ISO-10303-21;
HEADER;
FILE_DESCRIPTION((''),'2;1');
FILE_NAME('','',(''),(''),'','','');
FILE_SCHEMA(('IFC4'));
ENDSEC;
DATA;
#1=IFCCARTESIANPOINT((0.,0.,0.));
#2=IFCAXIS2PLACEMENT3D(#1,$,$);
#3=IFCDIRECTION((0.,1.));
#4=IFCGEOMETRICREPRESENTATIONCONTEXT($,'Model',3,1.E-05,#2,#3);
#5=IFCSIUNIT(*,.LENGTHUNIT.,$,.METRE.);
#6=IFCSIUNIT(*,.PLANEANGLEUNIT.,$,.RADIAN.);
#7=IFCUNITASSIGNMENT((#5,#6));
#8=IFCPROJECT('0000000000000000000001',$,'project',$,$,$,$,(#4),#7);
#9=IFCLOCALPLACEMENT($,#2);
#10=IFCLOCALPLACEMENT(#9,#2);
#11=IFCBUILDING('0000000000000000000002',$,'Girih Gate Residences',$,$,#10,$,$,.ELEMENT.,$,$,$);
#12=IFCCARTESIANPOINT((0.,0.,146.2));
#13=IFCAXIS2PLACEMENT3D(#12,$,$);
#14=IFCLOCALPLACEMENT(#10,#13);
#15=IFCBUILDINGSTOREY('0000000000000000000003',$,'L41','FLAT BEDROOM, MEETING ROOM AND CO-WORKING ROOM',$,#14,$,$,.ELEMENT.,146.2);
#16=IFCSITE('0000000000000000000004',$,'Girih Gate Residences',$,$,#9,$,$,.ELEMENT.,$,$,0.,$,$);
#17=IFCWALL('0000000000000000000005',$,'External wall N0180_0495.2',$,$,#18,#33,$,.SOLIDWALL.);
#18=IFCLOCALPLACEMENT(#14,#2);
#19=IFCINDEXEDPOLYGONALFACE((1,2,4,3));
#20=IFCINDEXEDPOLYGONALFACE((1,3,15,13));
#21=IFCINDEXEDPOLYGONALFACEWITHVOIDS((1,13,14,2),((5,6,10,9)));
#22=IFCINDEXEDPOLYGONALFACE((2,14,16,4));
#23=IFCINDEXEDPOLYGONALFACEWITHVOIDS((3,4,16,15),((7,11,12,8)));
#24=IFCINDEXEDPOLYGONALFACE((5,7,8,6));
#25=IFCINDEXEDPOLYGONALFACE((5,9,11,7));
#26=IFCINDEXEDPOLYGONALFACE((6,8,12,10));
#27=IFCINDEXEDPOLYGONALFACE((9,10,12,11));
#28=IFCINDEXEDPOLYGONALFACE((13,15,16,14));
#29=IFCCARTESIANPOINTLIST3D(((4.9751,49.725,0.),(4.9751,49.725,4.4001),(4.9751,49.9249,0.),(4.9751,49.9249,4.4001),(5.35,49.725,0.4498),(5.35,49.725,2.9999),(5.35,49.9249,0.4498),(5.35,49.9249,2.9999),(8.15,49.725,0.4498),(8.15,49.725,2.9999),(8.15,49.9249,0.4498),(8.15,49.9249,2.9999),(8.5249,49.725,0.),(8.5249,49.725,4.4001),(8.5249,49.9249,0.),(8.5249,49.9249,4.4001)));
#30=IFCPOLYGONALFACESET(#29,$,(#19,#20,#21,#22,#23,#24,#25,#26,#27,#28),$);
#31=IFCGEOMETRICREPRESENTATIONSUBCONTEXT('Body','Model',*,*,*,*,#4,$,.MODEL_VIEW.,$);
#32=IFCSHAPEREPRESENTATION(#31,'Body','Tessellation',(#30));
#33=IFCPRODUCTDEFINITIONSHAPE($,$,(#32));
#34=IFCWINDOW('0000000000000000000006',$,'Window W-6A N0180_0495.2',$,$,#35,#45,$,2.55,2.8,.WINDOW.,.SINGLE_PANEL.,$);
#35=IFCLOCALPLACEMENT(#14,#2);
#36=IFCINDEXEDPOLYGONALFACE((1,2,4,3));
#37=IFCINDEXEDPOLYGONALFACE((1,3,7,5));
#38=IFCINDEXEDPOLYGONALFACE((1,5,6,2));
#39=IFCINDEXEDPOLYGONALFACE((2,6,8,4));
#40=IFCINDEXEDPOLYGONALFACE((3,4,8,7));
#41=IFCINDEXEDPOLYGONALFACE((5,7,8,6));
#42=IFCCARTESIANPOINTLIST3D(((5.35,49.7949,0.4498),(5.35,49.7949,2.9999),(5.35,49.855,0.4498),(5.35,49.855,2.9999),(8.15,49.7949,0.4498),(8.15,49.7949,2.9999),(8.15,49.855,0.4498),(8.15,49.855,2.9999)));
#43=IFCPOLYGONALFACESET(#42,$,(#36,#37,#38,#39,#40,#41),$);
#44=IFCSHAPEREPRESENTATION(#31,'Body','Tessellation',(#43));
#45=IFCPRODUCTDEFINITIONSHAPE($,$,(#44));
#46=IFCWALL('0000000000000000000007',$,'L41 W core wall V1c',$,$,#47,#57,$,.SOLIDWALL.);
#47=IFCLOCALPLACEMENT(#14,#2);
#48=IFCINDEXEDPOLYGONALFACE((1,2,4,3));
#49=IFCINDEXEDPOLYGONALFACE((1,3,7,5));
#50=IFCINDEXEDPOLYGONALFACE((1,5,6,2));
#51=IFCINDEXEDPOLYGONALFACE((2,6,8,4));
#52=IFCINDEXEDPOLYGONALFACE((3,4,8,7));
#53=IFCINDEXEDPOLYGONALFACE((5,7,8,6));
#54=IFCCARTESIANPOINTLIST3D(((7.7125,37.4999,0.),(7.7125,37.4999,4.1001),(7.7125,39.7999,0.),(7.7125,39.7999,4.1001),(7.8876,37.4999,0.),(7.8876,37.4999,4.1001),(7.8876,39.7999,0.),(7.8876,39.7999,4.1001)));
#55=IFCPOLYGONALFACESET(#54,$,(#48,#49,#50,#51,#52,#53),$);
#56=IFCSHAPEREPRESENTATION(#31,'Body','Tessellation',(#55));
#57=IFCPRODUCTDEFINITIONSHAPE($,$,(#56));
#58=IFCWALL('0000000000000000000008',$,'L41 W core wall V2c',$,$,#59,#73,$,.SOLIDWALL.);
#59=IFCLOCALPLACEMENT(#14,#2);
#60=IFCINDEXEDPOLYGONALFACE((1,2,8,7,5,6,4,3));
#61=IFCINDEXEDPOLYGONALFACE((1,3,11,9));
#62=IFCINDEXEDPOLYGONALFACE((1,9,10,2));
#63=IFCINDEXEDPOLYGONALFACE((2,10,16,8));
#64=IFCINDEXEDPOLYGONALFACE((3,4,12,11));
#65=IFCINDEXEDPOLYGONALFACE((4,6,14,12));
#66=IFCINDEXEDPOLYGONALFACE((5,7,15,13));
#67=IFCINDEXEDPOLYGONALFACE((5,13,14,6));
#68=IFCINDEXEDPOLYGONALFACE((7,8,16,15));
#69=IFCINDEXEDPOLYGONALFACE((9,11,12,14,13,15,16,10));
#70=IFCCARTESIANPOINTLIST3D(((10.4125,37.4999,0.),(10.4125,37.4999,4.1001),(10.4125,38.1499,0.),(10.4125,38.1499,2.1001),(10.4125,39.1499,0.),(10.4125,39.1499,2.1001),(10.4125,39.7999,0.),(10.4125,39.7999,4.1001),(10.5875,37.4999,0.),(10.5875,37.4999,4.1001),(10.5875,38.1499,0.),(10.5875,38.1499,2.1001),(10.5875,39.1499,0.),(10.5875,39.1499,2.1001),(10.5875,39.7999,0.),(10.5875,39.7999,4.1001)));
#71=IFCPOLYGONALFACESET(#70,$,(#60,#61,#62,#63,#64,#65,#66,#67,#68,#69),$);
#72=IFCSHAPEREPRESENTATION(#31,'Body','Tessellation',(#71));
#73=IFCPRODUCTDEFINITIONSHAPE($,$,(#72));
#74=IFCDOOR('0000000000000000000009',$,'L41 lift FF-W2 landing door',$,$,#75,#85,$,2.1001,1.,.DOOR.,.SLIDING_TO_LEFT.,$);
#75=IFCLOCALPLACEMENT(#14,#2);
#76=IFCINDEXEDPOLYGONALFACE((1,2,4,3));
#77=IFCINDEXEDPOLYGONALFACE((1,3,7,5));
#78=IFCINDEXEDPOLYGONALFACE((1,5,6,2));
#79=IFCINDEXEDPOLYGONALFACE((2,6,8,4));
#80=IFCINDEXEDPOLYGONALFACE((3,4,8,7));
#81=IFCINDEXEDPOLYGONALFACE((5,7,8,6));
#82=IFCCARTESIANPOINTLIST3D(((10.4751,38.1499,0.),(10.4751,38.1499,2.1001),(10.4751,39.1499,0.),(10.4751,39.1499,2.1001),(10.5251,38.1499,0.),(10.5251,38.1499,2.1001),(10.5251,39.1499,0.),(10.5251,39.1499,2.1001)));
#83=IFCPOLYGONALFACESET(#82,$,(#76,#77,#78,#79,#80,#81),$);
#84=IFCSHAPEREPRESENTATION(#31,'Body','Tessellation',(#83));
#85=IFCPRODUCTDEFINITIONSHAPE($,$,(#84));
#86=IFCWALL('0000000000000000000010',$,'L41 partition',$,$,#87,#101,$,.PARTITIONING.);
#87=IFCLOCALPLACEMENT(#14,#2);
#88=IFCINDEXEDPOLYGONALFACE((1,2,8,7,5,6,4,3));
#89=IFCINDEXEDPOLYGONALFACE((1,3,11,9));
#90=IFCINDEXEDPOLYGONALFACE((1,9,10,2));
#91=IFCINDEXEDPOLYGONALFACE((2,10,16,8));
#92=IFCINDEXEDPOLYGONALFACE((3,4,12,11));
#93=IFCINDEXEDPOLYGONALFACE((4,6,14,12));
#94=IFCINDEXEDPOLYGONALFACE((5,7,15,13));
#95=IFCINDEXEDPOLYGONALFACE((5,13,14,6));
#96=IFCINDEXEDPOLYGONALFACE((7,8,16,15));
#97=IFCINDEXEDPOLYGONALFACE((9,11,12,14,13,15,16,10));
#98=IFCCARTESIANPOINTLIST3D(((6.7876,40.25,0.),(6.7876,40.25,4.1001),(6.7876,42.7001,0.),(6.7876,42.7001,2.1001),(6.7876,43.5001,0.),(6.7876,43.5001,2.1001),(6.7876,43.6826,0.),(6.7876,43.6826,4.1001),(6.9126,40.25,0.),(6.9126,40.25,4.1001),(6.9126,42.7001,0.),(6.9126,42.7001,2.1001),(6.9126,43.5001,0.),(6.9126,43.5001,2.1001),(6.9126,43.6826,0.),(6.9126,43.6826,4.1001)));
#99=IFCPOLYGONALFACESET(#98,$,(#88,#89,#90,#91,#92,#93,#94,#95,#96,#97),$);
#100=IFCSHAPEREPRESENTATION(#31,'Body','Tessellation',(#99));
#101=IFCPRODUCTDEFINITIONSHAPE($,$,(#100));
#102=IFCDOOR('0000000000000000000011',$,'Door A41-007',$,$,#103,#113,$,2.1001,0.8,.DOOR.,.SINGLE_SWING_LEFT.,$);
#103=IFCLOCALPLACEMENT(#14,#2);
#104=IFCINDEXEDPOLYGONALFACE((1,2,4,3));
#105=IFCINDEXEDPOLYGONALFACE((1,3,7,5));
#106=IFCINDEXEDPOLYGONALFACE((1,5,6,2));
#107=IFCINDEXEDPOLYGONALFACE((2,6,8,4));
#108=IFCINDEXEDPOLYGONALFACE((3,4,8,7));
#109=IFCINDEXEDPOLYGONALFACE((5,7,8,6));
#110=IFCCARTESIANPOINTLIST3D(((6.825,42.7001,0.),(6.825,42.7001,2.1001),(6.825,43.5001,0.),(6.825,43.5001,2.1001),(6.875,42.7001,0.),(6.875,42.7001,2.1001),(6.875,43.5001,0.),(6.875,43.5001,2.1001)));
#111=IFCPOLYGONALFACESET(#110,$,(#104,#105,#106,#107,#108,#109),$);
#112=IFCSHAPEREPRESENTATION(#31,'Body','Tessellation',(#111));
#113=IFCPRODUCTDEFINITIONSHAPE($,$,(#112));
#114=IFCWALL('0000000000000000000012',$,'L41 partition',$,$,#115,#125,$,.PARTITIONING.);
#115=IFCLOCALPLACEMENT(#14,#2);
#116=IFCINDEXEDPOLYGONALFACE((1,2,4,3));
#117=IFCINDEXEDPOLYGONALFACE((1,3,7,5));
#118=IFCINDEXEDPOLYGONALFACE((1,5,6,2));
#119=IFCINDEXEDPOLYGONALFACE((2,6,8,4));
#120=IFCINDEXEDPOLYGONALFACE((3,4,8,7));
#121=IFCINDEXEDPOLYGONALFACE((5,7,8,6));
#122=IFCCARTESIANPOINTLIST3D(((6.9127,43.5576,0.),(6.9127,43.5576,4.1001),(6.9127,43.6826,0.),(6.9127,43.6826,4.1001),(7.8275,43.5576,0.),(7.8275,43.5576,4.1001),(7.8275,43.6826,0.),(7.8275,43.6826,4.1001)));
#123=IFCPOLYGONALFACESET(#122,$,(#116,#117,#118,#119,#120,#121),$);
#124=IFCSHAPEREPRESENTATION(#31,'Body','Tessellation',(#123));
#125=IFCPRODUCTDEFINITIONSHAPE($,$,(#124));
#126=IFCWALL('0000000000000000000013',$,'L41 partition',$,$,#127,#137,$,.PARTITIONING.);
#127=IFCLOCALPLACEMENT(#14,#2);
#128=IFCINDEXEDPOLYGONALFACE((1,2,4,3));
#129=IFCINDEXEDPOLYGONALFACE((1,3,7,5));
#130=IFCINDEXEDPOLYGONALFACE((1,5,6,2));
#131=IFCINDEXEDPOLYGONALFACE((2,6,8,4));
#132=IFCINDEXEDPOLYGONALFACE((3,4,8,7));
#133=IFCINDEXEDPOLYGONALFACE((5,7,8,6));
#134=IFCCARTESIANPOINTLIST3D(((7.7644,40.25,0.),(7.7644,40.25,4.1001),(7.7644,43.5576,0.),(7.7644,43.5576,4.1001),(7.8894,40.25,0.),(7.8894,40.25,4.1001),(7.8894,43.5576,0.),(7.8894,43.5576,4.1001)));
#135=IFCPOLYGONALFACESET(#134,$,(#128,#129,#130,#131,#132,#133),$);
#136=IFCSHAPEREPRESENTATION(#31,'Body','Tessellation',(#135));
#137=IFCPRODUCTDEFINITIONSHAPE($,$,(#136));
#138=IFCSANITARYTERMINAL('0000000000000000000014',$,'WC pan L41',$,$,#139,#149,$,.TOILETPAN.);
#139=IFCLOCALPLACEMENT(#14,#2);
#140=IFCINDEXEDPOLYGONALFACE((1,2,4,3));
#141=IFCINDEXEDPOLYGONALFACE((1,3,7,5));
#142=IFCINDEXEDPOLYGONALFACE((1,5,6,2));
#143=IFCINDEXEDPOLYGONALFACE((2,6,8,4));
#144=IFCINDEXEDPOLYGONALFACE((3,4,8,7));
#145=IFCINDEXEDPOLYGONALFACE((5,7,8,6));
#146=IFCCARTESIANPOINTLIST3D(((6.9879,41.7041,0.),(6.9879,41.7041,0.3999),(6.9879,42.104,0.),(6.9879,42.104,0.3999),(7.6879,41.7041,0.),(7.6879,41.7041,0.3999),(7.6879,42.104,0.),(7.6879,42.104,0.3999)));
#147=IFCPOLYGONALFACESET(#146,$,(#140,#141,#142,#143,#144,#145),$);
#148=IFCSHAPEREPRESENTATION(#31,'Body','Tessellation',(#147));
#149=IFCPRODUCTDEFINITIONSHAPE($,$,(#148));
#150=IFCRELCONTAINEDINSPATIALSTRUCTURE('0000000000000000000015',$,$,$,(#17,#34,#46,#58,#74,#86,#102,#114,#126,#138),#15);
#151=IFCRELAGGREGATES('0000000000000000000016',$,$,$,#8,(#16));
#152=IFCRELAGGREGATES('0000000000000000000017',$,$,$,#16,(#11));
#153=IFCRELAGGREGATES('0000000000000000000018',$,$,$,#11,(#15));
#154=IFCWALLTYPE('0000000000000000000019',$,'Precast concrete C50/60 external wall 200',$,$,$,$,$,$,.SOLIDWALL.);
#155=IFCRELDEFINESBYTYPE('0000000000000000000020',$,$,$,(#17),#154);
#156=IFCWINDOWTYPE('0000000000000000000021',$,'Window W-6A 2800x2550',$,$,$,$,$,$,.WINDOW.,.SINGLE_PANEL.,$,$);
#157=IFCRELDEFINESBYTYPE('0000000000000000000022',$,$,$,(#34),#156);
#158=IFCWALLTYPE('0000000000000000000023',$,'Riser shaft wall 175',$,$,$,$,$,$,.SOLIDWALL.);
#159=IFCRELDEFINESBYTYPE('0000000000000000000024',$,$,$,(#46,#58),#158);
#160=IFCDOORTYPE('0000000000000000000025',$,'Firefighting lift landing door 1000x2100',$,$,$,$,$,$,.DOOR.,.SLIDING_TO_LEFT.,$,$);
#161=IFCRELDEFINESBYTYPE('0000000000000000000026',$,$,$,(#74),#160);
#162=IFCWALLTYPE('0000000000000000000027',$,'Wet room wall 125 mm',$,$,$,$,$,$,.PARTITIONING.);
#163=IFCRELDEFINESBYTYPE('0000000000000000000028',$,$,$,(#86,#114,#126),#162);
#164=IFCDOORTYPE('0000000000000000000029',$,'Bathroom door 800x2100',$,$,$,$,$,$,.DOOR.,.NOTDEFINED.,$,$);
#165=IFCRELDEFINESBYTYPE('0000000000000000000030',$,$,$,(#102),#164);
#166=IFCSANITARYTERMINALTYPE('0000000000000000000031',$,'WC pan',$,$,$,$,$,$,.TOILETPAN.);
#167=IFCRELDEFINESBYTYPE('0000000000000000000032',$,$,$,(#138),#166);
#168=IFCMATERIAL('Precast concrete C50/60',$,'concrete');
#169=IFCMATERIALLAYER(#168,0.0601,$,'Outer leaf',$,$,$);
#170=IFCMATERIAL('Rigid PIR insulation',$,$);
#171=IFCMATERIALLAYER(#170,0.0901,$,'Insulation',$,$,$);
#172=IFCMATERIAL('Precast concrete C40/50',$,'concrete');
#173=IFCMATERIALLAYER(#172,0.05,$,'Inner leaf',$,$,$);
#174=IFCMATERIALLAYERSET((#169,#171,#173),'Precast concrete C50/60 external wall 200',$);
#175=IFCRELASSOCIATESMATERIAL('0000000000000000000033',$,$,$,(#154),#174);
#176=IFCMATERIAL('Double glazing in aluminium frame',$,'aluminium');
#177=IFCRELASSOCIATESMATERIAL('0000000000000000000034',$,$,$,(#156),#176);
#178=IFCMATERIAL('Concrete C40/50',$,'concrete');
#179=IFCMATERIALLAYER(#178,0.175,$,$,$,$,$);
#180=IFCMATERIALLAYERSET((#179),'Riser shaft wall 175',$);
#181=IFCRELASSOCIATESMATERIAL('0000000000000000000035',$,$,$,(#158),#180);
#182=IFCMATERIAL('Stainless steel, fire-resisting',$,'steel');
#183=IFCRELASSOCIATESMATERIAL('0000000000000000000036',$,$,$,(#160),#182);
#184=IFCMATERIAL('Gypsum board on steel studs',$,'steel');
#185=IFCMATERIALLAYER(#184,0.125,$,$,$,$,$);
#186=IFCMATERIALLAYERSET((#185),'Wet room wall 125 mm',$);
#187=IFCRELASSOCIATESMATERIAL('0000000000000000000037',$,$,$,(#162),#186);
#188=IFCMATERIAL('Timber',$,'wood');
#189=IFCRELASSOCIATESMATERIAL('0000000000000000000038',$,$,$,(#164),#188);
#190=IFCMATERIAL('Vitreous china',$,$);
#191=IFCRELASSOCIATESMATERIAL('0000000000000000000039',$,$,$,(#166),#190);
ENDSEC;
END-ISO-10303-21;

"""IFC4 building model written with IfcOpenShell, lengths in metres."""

from ifc_helpers import new_model, si_unit, direction, frame, frame_2d, origin, origin_2d, place, context, subcontext, project, spatial, rectangle, extrude, material, layer, layer_set, type_object, element, fill, save


model = new_model("IFC4")

# Units and contexts
model_context = context("Model", 3, precision=1e-05, world=origin(), true_north=direction((0.0, 1.0)))
body_context = subcontext(model_context, "Body", "Model", "MODEL_VIEW")
ifc_project = project(units=[si_unit("LENGTHUNIT", "METRE"), si_unit("PLANEANGLEUNIT", "RADIAN")], contexts=[model_context])

# Site, building, storey
site_placement = place(None, origin())
site = spatial("IfcSite", under=ifc_project, at=site_placement, Name="Girih Gate Residences", CompositionType="ELEMENT", RefElevation=0.0)
building_placement = place(site_placement, origin())
building = spatial("IfcBuilding", under=site, at=building_placement, Name="Girih Gate Residences", CompositionType="ELEMENT")
storey_placement = place(building_placement, frame((0.0, 0.0, 146.2)))
storey = spatial("IfcBuildingStorey", under=building, at=storey_placement, Name="L41", Description="FLAT BEDROOM, MEETING ROOM AND CO-WORKING ROOM", CompositionType="ELEMENT", Elevation=146.2)

# Shared definitions
ifc_material_1 = material(Name="Gypsum board on steel studs", Category="steel")

# Shared definitions
ifc_material_2 = material(Name="Concrete C40/50", Category="concrete")
ifc_material_3 = material(Name="Timber", Category="wood")

# Wall, opening, window
ifc_material_4 = material(Name="Precast concrete C50/60", Category="concrete")
ifc_layer_1 = layer(ifc_material_4, 0.0601, Name="Outer leaf")
ifc_material_5 = material(Name="Rigid PIR insulation")
ifc_layer_2 = layer(ifc_material_5, 0.0901, Name="Insulation")
ifc_material_6 = material(Name="Precast concrete C40/50", Category="concrete")
ifc_layer_3 = layer(ifc_material_6, 0.05, Name="Inner leaf")
ifc_layer_set_1 = layer_set([ifc_layer_1, ifc_layer_2, ifc_layer_3], Name="Precast concrete C50/60 external wall 200")
wall_type_1 = type_object("IfcWallType", Name="Precast concrete C50/60 external wall 200", PredefinedType="SOLIDWALL", material=ifc_layer_set_1)
ifc_material_7 = material(Name="Double glazing in aluminium frame", Category="aluminium")
window_type = type_object("IfcWindowType", Name="Window W-6A 2800x2550", PartitioningType="SINGLE_PANEL", PredefinedType="WINDOW", material=ifc_material_7)
wall_1_placement = place(storey_placement, frame((4.9751, 49.825, 0.0), z_axis=(0.0, 0.0, 1.0), x_axis=(1.0, 0.0, 0.0)))
wall_1 = element("IfcWall", 1, at=wall_1_placement, inside=storey, type_object=wall_type_1, Name="External wall N0180_0495.2", PredefinedType="SOLIDWALL", context=body_context, shape_type="SweptSolid", body=[
    extrude(rectangle(XDim=3.5498, YDim=0.2, at=frame_2d((1.7749, 0.0))), origin(), (0.0, 0.0, 1.0), 4.4001),
])
opening_1_placement = place(wall_1_placement, frame((0.375, 0.0, 0.45)))
opening_1 = element("IfcOpeningElement", 2, at=opening_1_placement, cuts=wall_1, PredefinedType="OPENING", context=body_context, shape_type="SweptSolid", body=[
    extrude(rectangle(XDim=2.8, YDim=2.55, at=frame_2d((1.3999, 1.2749))), frame((0.0, 0.1099, 0.0), z_axis=(0.0, -1.0, 0.0), x_axis=(1.0, 0.0, 0.0)), (0.0, 0.0, 1.0), 0.22),
])
window_1_placement = place(opening_1_placement, origin())
window_1 = element("IfcWindow", 3, at=window_1_placement, inside=storey, type_object=window_type, Name="Window W-6A N0180_0495.2", OverallHeight=2.55, OverallWidth=2.8, PartitioningType="SINGLE_PANEL", PredefinedType="WINDOW", context=body_context, shape_type="SweptSolid", body=[
    extrude(rectangle(XDim=2.8, YDim=2.55, at=frame_2d((1.3999, 1.2749))), frame((0.0, 0.03, 0.0), z_axis=(0.0, -1.0, 0.0), x_axis=(1.0, 0.0, 0.0)), (0.0, 0.0, 1.0), 0.0601),
])
fill(opening_1, window_1)

# Wall
ifc_layer_4 = layer(ifc_material_2, 0.175)
ifc_layer_set_2 = layer_set([ifc_layer_4], Name="Riser shaft wall 175")
wall_type_2 = type_object("IfcWallType", Name="Riser shaft wall 175", PredefinedType="SOLIDWALL", material=ifc_layer_set_2)
wall_2_placement = place(storey_placement, frame((7.8, 37.5, 0.0), z_axis=(0.0, 0.0, 1.0), x_axis=(0.0, 1.0, 0.0)))
element("IfcWall", 4, at=wall_2_placement, inside=storey, type_object=wall_type_2, Name="L41 W core wall V1c", PredefinedType="SOLIDWALL", context=body_context, shape_type="SweptSolid", body=[
    extrude(rectangle(XDim=2.3, YDim=0.175, at=frame_2d((1.1499, 0.0))), origin(), (0.0, 0.0, 1.0), 4.1001),
])

# Walls, openings, doors
wall_3_placement = place(storey_placement, frame((10.5, 37.5, 0.0), z_axis=(0.0, 0.0, 1.0), x_axis=(0.0, 1.0, 0.0)))
wall_3 = element("IfcWall", 5, at=wall_3_placement, inside=storey, type_object=wall_type_2, Name="L41 W core wall V2c", PredefinedType="SOLIDWALL", context=body_context, shape_type="SweptSolid", body=[
    extrude(rectangle(XDim=2.3, YDim=0.175, at=frame_2d((1.1499, 0.0))), origin(), (0.0, 0.0, 1.0), 4.1001),
])
opening_2_placement = place(wall_3_placement, frame((0.6499, 0.0, 0.0)))
opening_2 = element("IfcOpeningElement", 6, at=opening_2_placement, cuts=wall_3, PredefinedType="OPENING", context=body_context, shape_type="SweptSolid", body=[
    extrude(rectangle(XDim=1.0, YDim=2.1001, at=frame_2d((0.5, 1.05))), frame((0.0, 0.0974, 0.0), z_axis=(0.0, -1.0, 0.0), x_axis=(1.0, 0.0, 0.0)), (0.0, 0.0, 1.0), 0.1951),
])
ifc_material_8 = material(Name="Stainless steel, fire-resisting", Category="steel")
door_type_1 = type_object("IfcDoorType", Name="Firefighting lift landing door 1000x2100", OperationType="SLIDING_TO_LEFT", PredefinedType="DOOR", material=ifc_material_8)
door_1_placement = place(opening_2_placement, origin())
door_1 = element("IfcDoor", 7, at=door_1_placement, inside=storey, type_object=door_type_1, Name="L41 lift FF-W2 landing door", OperationType="SLIDING_TO_LEFT", OverallHeight=2.1001, OverallWidth=1.0, PredefinedType="DOOR", context=body_context, shape_type="SweptSolid", body=[
    extrude(rectangle(XDim=1.0, YDim=2.1001, at=frame_2d((0.5, 1.05))), frame((0.0, 0.0249, 0.0), z_axis=(0.0, -1.0, 0.0), x_axis=(1.0, 0.0, 0.0)), (0.0, 0.0, 1.0), 0.05),
])
fill(opening_2, door_1)
ifc_layer_5 = layer(ifc_material_1, 0.125)
ifc_layer_set_3 = layer_set([ifc_layer_5], Name="Wet room wall 125 mm")
wall_type_3 = type_object("IfcWallType", Name="Wet room wall 125 mm", PredefinedType="PARTITIONING", material=ifc_layer_set_3)
wall_4_placement = place(storey_placement, frame((6.8501, 43.6826, 0.0), z_axis=(0.0, 0.0, 1.0), x_axis=(0.0, -1.0, 0.0)))
wall_4 = element("IfcWall", 8, at=wall_4_placement, inside=storey, type_object=wall_type_3, Name="L41 partition", PredefinedType="PARTITIONING", context=body_context, shape_type="SweptSolid", body=[
    extrude(rectangle(XDim=3.4326, YDim=0.125, at=frame_2d((1.7163, 0.0))), origin(), (0.0, 0.0, 1.0), 4.1001),
])
opening_3_placement = place(wall_4_placement, frame((0.1826, 0.0, 0.0)))
opening_3 = element("IfcOpeningElement", 9, at=opening_3_placement, cuts=wall_4, PredefinedType="OPENING", context=body_context, shape_type="SweptSolid", body=[
    extrude(rectangle(XDim=0.8, YDim=2.1001, at=frame_2d((0.3999, 1.05))), frame((0.0, 0.0725, 0.0), z_axis=(0.0, -1.0, 0.0), x_axis=(1.0, 0.0, 0.0)), (0.0, 0.0, 1.0), 0.145),
])
door_type_2 = type_object("IfcDoorType", Name="Bathroom door 800x2100", OperationType="NOTDEFINED", PredefinedType="DOOR", material=ifc_material_3)
door_2_placement = place(opening_3_placement, origin())
door_2 = element("IfcDoor", 10, at=door_2_placement, inside=storey, type_object=door_type_2, Name="Door A41-007", OperationType="SINGLE_SWING_LEFT", OverallHeight=2.1001, OverallWidth=0.8, PredefinedType="DOOR", context=body_context, shape_type="SweptSolid", body=[
    extrude(rectangle(XDim=0.8, YDim=2.1001, at=frame_2d((0.3999, 1.05))), frame((0.0, 0.0249, 0.0), z_axis=(0.0, -1.0, 0.0), x_axis=(1.0, 0.0, 0.0)), (0.0, 0.0, 1.0), 0.05),
])
fill(opening_3, door_2)

# Walls
wall_5_placement = place(storey_placement, frame((6.9126, 43.6201, 0.0), z_axis=(0.0, 0.0, 1.0), x_axis=(1.0, 0.0, 0.0)))
element("IfcWall", 11, at=wall_5_placement, inside=storey, type_object=wall_type_3, Name="L41 partition", PredefinedType="PARTITIONING", context=body_context, shape_type="SweptSolid", body=[
    extrude(rectangle(XDim=0.9148, YDim=0.125, at=frame_2d((0.4575, 0.0))), origin(), (0.0, 0.0, 1.0), 4.1001),
])
wall_6_placement = place(storey_placement, frame((7.8269, 40.25, 0.0), z_axis=(0.0, 0.0, 1.0), x_axis=(0.0, 1.0, 0.0)))
element("IfcWall", 12, at=wall_6_placement, inside=storey, type_object=wall_type_3, Name="L41 partition", PredefinedType="PARTITIONING", context=body_context, shape_type="SweptSolid", body=[
    extrude(rectangle(XDim=3.3076, YDim=0.125, at=frame_2d((1.6538, 0.0))), origin(), (0.0, 0.0, 1.0), 4.1001),
])

# Sanitary terminal
ifc_material_9 = material(Name="Vitreous china")
sanitary_terminal_type = type_object("IfcSanitaryTerminalType", Name="WC pan", PredefinedType="TOILETPAN", material=ifc_material_9)
sanitary_terminal_placement = place(storey_placement, frame((7.3379, 41.9041, 0.0), z_axis=(0.0, 0.0, 1.0), x_axis=(1.0, 0.0, 0.0)))
element("IfcSanitaryTerminal", 13, at=sanitary_terminal_placement, inside=storey, type_object=sanitary_terminal_type, Name="WC pan L41", PredefinedType="TOILETPAN", context=body_context, shape_type="SweptSolid", body=[
    extrude(rectangle(XDim=0.7, YDim=0.3999, at=origin_2d()), origin(), (0.0, 0.0, 1.0), 0.3999),
])

save(model, "model.ifc")
